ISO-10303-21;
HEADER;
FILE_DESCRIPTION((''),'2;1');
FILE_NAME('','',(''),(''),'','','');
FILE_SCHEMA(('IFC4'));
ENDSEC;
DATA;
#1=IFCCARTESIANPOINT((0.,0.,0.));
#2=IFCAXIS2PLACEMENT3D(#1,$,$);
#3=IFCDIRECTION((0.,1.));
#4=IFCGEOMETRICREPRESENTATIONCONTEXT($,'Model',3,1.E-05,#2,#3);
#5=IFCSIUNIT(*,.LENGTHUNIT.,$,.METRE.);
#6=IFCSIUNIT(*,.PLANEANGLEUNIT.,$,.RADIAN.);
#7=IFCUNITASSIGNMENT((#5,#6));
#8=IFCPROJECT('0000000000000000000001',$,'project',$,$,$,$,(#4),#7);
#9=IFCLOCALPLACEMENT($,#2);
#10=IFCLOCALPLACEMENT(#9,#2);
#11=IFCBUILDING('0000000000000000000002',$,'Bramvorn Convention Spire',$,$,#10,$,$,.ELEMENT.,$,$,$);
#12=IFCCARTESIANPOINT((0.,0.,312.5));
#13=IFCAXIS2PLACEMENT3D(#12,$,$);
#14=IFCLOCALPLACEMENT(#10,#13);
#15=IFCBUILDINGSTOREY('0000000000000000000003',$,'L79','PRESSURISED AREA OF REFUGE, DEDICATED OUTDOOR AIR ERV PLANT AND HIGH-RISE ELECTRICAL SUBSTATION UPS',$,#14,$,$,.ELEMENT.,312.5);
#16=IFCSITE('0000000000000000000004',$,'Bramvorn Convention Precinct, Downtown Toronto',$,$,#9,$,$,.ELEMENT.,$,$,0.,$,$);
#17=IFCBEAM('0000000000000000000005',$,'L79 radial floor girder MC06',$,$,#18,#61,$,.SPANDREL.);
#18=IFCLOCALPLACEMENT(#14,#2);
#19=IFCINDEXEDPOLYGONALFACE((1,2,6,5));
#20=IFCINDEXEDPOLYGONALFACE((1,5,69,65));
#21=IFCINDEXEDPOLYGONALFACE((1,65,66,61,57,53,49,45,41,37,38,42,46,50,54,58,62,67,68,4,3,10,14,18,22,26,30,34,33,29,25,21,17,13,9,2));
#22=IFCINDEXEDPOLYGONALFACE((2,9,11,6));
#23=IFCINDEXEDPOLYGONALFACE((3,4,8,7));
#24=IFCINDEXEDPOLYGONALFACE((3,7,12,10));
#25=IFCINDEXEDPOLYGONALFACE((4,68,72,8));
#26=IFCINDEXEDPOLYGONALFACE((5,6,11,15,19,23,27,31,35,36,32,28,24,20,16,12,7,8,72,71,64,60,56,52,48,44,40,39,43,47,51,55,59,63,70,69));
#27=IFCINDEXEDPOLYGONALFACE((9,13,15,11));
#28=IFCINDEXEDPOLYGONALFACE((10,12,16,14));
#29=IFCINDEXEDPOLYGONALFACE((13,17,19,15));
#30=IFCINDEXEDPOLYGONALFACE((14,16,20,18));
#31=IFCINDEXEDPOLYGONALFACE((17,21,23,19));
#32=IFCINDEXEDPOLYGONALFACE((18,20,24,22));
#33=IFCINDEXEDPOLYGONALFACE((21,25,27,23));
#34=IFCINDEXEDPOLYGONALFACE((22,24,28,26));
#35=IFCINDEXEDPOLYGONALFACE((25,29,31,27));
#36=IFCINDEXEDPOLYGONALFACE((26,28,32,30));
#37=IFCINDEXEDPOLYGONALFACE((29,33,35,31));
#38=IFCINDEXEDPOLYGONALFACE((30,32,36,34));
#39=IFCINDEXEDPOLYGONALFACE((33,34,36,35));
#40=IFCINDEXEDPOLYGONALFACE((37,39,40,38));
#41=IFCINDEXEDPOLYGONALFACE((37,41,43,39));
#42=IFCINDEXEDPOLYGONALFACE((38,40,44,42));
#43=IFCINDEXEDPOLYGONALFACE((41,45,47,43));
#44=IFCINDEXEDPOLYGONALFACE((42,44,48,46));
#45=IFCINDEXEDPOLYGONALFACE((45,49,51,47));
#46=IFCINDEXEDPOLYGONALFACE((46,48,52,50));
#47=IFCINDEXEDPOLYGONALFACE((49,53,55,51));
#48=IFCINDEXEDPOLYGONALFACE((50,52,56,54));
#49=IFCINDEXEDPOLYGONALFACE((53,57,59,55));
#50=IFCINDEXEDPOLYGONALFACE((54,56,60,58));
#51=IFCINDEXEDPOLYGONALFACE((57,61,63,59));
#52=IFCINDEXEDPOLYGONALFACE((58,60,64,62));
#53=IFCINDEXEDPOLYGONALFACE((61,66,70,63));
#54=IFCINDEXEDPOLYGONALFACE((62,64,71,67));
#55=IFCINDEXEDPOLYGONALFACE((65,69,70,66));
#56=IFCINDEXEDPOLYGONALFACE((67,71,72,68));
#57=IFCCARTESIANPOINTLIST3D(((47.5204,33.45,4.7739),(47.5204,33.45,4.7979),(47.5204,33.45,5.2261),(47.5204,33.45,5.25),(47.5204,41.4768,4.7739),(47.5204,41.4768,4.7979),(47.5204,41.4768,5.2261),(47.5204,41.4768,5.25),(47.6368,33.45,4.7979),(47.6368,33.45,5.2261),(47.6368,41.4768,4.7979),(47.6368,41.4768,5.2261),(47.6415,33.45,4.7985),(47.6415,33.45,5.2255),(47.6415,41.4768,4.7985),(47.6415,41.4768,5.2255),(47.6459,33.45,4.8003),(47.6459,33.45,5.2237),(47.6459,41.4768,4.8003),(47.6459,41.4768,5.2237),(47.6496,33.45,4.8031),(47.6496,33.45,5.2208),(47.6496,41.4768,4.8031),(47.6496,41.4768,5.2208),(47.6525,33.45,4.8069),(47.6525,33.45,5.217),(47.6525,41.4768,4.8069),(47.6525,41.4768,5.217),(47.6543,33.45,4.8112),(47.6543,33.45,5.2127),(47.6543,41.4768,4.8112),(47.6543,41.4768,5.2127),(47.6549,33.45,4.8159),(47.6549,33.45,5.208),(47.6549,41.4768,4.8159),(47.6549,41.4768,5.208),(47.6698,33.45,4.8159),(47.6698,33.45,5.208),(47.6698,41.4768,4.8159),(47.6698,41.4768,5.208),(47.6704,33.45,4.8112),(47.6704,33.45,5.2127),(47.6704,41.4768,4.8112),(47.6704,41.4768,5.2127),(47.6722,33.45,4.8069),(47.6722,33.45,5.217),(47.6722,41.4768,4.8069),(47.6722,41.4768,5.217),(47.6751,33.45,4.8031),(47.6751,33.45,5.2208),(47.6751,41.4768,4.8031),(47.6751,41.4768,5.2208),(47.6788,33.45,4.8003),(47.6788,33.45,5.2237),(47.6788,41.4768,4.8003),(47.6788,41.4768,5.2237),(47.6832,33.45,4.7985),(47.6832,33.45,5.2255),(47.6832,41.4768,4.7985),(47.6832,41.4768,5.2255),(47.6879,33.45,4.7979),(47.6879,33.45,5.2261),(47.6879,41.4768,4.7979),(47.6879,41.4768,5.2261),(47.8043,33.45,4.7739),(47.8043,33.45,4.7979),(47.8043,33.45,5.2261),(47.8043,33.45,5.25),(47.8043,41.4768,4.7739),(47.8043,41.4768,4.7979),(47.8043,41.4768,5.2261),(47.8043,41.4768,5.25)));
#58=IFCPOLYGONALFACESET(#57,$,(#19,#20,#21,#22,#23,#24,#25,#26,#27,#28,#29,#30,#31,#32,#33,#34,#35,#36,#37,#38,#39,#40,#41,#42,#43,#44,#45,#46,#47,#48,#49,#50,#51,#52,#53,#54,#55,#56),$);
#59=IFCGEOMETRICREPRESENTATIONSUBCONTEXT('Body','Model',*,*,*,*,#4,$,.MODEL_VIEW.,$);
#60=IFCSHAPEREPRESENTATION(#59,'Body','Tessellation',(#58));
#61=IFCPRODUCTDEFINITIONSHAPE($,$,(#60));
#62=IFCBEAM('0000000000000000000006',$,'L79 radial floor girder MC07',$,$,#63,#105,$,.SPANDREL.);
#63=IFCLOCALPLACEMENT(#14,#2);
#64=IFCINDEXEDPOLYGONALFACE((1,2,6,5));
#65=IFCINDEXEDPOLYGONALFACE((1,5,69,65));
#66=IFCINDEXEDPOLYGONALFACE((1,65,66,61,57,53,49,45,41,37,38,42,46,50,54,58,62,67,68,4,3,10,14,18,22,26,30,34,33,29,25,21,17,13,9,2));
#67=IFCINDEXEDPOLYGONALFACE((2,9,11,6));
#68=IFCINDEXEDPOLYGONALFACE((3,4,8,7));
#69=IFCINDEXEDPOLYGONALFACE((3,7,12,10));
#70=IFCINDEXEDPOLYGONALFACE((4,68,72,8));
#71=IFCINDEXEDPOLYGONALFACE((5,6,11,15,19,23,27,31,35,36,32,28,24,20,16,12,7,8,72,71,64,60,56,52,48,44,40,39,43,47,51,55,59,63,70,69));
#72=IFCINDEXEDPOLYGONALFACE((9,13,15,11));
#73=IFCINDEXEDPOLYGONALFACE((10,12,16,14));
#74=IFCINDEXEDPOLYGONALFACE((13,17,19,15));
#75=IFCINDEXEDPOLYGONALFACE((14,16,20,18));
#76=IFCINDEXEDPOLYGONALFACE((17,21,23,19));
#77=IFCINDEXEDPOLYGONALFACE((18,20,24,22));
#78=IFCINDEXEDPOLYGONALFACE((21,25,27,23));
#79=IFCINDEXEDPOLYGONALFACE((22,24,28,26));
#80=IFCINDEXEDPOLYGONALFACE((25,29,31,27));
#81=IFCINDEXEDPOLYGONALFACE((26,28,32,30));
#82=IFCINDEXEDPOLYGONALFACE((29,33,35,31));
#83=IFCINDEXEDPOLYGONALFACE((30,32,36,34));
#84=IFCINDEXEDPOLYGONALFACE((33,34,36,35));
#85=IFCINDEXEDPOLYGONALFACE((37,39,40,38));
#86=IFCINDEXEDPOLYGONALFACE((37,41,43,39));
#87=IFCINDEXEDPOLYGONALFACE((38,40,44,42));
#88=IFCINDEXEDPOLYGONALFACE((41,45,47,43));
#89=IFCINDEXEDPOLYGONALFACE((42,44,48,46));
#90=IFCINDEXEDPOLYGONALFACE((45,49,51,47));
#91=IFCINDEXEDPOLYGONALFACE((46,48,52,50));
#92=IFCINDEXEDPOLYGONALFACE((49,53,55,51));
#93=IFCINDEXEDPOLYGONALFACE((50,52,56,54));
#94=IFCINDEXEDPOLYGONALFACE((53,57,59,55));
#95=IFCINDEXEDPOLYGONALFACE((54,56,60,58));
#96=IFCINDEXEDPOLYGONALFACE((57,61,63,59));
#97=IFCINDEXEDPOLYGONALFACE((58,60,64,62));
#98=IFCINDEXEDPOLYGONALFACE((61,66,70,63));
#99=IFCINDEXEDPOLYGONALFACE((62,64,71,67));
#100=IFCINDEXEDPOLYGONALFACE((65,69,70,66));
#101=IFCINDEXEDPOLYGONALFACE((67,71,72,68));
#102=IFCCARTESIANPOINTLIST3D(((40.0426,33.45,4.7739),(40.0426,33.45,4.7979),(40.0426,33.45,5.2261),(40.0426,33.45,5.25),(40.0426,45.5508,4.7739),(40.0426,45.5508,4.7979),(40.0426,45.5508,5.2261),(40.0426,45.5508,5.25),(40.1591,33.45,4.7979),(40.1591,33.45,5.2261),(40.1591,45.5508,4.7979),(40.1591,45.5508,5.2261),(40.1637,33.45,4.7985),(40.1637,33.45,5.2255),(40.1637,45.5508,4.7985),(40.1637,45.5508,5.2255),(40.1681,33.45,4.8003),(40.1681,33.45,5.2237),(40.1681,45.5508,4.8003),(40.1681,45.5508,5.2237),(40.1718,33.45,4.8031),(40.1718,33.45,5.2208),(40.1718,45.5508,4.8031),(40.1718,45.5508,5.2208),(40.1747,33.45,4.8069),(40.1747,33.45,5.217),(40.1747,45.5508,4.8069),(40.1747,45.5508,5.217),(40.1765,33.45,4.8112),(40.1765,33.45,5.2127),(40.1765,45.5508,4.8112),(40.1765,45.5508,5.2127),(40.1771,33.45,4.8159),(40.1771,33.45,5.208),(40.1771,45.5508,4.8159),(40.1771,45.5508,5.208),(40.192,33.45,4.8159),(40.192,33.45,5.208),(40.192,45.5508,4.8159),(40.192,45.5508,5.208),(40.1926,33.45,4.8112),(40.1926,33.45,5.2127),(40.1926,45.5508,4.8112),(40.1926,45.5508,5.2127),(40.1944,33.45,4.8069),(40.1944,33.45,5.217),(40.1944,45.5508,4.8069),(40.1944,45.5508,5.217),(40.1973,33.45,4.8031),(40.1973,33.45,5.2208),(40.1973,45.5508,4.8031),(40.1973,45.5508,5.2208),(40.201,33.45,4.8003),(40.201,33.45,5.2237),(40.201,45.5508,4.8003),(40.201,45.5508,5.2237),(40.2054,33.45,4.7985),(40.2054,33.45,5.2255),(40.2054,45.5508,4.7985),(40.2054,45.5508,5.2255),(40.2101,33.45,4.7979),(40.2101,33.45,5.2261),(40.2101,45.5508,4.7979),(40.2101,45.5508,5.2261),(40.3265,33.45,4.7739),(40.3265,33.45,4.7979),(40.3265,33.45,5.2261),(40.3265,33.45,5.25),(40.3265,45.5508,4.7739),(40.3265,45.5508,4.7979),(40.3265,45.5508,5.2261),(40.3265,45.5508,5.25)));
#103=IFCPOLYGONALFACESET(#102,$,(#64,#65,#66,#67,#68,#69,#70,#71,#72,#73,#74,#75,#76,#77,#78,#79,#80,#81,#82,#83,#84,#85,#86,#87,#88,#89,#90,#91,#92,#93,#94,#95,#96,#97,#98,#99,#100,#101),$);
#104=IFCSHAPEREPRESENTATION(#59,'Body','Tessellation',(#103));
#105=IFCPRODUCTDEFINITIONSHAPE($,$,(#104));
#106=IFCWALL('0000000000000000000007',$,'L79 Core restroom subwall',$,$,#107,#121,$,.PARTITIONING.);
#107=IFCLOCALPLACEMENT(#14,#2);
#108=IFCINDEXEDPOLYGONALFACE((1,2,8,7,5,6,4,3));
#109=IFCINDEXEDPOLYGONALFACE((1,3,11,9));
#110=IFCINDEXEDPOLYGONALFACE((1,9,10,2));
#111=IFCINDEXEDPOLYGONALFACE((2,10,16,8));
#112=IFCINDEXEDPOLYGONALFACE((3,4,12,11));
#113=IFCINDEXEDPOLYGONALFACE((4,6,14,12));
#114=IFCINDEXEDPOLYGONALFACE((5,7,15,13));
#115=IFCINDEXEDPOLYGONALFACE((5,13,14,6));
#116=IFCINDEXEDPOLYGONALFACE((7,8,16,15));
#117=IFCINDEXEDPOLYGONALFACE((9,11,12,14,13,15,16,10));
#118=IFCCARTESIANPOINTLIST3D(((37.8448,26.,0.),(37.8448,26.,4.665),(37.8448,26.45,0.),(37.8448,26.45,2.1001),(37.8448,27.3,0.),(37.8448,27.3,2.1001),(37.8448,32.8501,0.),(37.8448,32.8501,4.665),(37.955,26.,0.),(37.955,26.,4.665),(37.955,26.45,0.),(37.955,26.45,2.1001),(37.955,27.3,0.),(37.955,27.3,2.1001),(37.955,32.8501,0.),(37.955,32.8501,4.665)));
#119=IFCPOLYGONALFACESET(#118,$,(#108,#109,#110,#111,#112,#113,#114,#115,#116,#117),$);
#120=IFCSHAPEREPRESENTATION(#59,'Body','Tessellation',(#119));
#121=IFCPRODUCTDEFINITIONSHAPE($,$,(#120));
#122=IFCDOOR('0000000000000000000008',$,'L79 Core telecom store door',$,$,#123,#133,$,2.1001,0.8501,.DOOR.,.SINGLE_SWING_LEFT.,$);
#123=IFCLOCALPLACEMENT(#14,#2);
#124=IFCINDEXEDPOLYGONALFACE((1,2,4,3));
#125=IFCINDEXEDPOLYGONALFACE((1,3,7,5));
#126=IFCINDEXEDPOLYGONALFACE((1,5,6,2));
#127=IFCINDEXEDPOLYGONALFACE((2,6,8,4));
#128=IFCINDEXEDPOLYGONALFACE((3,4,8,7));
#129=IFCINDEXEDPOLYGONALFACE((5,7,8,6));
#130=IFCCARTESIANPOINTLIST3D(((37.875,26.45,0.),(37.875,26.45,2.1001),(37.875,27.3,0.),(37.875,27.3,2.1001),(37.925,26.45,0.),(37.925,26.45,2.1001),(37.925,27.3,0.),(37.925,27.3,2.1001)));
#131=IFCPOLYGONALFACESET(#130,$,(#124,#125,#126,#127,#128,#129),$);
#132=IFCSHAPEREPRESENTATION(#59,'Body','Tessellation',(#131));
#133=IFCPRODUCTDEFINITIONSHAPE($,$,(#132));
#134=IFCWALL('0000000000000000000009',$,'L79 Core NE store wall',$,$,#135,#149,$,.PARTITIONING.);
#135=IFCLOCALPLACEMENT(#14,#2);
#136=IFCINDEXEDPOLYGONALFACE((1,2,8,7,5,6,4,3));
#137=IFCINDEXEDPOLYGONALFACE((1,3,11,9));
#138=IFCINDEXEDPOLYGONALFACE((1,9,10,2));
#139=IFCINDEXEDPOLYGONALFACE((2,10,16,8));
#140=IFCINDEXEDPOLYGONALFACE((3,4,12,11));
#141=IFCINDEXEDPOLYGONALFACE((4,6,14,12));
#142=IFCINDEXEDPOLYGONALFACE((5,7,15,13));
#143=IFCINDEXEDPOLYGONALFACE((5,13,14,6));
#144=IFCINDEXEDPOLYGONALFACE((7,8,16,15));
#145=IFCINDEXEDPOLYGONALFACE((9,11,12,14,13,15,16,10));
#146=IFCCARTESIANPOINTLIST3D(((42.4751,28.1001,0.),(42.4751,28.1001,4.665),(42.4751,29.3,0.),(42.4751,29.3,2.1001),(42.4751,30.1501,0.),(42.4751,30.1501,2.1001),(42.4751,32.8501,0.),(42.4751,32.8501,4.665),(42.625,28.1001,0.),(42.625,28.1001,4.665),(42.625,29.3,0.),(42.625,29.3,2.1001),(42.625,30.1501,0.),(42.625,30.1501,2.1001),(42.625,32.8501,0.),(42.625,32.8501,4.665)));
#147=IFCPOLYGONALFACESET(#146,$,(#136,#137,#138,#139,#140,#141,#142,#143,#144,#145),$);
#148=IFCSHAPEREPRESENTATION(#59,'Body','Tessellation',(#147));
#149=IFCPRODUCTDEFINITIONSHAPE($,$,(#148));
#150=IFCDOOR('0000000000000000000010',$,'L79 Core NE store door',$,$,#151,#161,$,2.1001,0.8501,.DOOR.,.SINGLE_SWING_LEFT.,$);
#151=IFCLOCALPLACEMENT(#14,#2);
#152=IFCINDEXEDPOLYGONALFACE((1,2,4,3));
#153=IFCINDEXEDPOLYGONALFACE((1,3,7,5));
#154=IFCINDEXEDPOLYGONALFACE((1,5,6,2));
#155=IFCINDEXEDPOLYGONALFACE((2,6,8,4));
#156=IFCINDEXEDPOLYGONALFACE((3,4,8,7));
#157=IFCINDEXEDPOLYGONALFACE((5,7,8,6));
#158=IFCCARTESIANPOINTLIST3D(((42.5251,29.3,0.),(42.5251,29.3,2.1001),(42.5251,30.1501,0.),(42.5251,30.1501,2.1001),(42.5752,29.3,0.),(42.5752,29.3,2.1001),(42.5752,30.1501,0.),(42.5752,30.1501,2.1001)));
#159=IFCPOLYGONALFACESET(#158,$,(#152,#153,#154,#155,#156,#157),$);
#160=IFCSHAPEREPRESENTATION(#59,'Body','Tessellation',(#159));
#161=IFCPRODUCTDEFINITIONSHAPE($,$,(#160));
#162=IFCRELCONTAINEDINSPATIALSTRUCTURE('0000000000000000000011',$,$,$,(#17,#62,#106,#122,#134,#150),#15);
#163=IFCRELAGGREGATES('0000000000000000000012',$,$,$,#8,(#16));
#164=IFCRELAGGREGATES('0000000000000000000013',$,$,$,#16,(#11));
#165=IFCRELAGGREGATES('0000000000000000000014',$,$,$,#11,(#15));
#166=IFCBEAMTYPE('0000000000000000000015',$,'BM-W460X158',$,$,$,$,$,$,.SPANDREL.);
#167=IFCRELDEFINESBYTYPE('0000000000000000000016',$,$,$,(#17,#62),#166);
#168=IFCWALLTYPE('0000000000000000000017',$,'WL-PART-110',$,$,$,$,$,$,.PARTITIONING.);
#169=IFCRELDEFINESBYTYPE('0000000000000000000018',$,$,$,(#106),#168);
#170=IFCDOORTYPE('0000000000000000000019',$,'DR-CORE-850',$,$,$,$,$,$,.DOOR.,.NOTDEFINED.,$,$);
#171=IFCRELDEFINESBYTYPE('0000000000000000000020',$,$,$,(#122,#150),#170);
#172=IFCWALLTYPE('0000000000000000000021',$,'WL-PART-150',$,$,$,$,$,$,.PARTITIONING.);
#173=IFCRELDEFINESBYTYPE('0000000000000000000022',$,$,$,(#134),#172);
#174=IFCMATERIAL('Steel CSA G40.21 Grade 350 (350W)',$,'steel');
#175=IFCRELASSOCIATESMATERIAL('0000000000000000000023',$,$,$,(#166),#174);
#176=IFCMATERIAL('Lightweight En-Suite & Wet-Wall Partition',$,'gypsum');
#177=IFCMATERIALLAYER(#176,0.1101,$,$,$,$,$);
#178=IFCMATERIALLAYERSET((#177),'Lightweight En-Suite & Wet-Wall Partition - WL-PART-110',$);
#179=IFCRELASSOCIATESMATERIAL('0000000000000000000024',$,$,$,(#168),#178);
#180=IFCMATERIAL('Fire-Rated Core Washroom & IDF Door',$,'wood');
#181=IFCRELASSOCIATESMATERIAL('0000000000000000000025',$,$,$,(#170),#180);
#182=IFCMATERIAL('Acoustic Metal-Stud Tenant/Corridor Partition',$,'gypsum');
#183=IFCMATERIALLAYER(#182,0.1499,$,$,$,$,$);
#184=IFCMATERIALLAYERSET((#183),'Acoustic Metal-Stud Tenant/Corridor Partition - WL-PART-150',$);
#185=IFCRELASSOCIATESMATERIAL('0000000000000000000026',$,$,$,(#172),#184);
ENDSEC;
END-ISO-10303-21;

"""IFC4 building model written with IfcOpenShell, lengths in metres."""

from ifc_helpers import new_model, si_unit, direction, frame, frame_2d, origin, origin_2d, place, context, subcontext, project, spatial, rectangle, i_section, extrude, material, layer, layer_set, material_profile, profile_set, type_object, element, fill, save


model = new_model("IFC4")

# Units and contexts
model_context = context("Model", 3, precision=1e-05, world=origin(), true_north=direction((0.0, 1.0)))
body_context = subcontext(model_context, "Body", "Model", "MODEL_VIEW")
ifc_project = project(units=[si_unit("LENGTHUNIT", "METRE"), si_unit("PLANEANGLEUNIT", "RADIAN")], contexts=[model_context])

# Site, building, storey
site_placement = place(None, origin())
site = spatial("IfcSite", under=ifc_project, at=site_placement, Name="Bramvorn Convention Precinct, Downtown Toronto", CompositionType="ELEMENT", RefElevation=0.0)
building_placement = place(site_placement, origin())
building = spatial("IfcBuilding", under=site, at=building_placement, Name="Bramvorn Convention Spire", CompositionType="ELEMENT")
storey_placement = place(building_placement, frame((0.0, 0.0, 312.5)))
storey = spatial("IfcBuildingStorey", under=building, at=storey_placement, Name="L79", Description="PRESSURISED AREA OF REFUGE, DEDICATED OUTDOOR AIR ERV PLANT AND HIGH-RISE ELECTRICAL SUBSTATION UPS", CompositionType="ELEMENT", Elevation=312.5)

# Shared definitions
ifc_material_1 = material(Name="Steel CSA G40.21 Grade 350 (350W)", Category="steel")

# Beams
ifc_material_profile_1 = material_profile(ifc_material_1, i_section(OverallWidth=0.2839, OverallDepth=0.4761, WebThickness=0.0149, FlangeThickness=0.0239, FilletRadius=0.0181, at=origin_2d()))
ifc_profile_set_1 = profile_set([ifc_material_profile_1], Name="Steel CSA G40.21 Grade 350 (350W) - W460X158")
beam_type_1 = type_object("IfcBeamType", Name="BM-W460X158", PredefinedType="SPANDREL", material=ifc_profile_set_1)
beam_1_placement = place(storey_placement, frame((47.6624, 33.45, 5.012), z_axis=(0.0, 1.0, 0.0), x_axis=(-1.0, 0.0, 0.0)))
element("IfcBeam", 1, at=beam_1_placement, inside=storey, type_object=beam_type_1, Name="L79 radial floor girder MC06", PredefinedType="SPANDREL", context=body_context, shape_type="SweptSolid", body=[
    extrude(i_section(OverallWidth=0.2839, OverallDepth=0.4761, WebThickness=0.0149, FlangeThickness=0.0239, FilletRadius=0.0181, at=origin_2d()), origin(), (0.0, 0.0, 1.0), 8.0269),
])
beam_2_placement = place(storey_placement, frame((40.1846, 33.45, 5.012), z_axis=(0.0, 1.0, 0.0), x_axis=(-1.0, 0.0, 0.0)))
element("IfcBeam", 2, at=beam_2_placement, inside=storey, type_object=beam_type_1, Name="L79 radial floor girder MC07", PredefinedType="SPANDREL", context=body_context, shape_type="SweptSolid", body=[
    extrude(i_section(OverallWidth=0.2839, OverallDepth=0.4761, WebThickness=0.0149, FlangeThickness=0.0239, FilletRadius=0.0181, at=origin_2d()), origin(), (0.0, 0.0, 1.0), 12.1008),
])

# Walls, openings, doors
ifc_material_2 = material(Name="Lightweight En-Suite & Wet-Wall Partition", Category="gypsum")
ifc_layer_1 = layer(ifc_material_2, 0.1101)
ifc_layer_set_1 = layer_set([ifc_layer_1], Name="Lightweight En-Suite & Wet-Wall Partition - WL-PART-110")
wall_type_1 = type_object("IfcWallType", Name="WL-PART-110", PredefinedType="PARTITIONING", material=ifc_layer_set_1)
wall_1_placement = place(storey_placement, frame((37.8999, 26.0, 0.0), z_axis=(0.0, 0.0, 1.0), x_axis=(0.0, 1.0, 0.0)))
wall_1 = element("IfcWall", 3, at=wall_1_placement, inside=storey, type_object=wall_type_1, Name="L79 Core restroom subwall", PredefinedType="PARTITIONING", context=body_context, shape_type="SweptSolid", body=[
    extrude(rectangle(XDim=6.8501, YDim=0.1101, at=frame_2d((3.425, 0.0))), origin(), (0.0, 0.0, 1.0), 4.665),
])
opening_1_placement = place(wall_1_placement, frame((0.45, 0.0, 0.0)))
opening_1 = element("IfcOpeningElement", 4, at=opening_1_placement, cuts=wall_1, PredefinedType="OPENING", context=body_context, shape_type="SweptSolid", body=[
    extrude(rectangle(XDim=0.8501, YDim=2.1001, at=frame_2d((0.425, 1.05))), frame((0.0, 0.0649, 0.0), z_axis=(0.0, -1.0, 0.0), x_axis=(1.0, 0.0, 0.0)), (0.0, 0.0, 1.0), 0.1301),
])
ifc_material_3 = material(Name="Fire-Rated Core Washroom & IDF Door", Category="wood")
door_type_1 = type_object("IfcDoorType", Name="DR-CORE-850", OperationType="NOTDEFINED", PredefinedType="DOOR", material=ifc_material_3)
door_1_placement = place(opening_1_placement, origin())
door_1 = element("IfcDoor", 5, at=door_1_placement, inside=storey, type_object=door_type_1, Name="L79 Core telecom store door", OperationType="SINGLE_SWING_LEFT", OverallHeight=2.1001, OverallWidth=0.8501, PredefinedType="DOOR", context=body_context, shape_type="SweptSolid", body=[
    extrude(rectangle(XDim=0.8501, YDim=2.1001, at=frame_2d((0.425, 1.05))), frame((0.0, 0.0249, 0.0), z_axis=(0.0, -1.0, 0.0), x_axis=(1.0, 0.0, 0.0)), (0.0, 0.0, 1.0), 0.05),
])
fill(opening_1, door_1)
ifc_material_4 = material(Name="Acoustic Metal-Stud Tenant/Corridor Partition", Category="gypsum")
ifc_layer_2 = layer(ifc_material_4, 0.1499)
ifc_layer_set_2 = layer_set([ifc_layer_2], Name="Acoustic Metal-Stud Tenant/Corridor Partition - WL-PART-150")
wall_type_2 = type_object("IfcWallType", Name="WL-PART-150", PredefinedType="PARTITIONING", material=ifc_layer_set_2)
wall_2_placement = place(storey_placement, frame((42.55, 28.1001, 0.0), z_axis=(0.0, 0.0, 1.0), x_axis=(0.0, 1.0, 0.0)))
wall_2 = element("IfcWall", 6, at=wall_2_placement, inside=storey, type_object=wall_type_2, Name="L79 Core NE store wall", PredefinedType="PARTITIONING", context=body_context, shape_type="SweptSolid", body=[
    extrude(rectangle(XDim=4.75, YDim=0.1499, at=frame_2d((2.375, 0.0))), origin(), (0.0, 0.0, 1.0), 4.665),
])
opening_2_placement = place(wall_2_placement, frame((1.2, 0.0, 0.0)))
opening_2 = element("IfcOpeningElement", 7, at=opening_2_placement, cuts=wall_2, PredefinedType="OPENING", context=body_context, shape_type="SweptSolid", body=[
    extrude(rectangle(XDim=0.8501, YDim=2.1001, at=frame_2d((0.425, 1.05))), frame((0.0, 0.085, 0.0), z_axis=(0.0, -1.0, 0.0), x_axis=(1.0, 0.0, 0.0)), (0.0, 0.0, 1.0), 0.1699),
])
door_2_placement = place(opening_2_placement, origin())
door_2 = element("IfcDoor", 8, at=door_2_placement, inside=storey, type_object=door_type_1, Name="L79 Core NE store door", OperationType="SINGLE_SWING_LEFT", OverallHeight=2.1001, OverallWidth=0.8501, PredefinedType="DOOR", context=body_context, shape_type="SweptSolid", body=[
    extrude(rectangle(XDim=0.8501, YDim=2.1001, at=frame_2d((0.425, 1.05))), frame((0.0, 0.0249, 0.0), z_axis=(0.0, -1.0, 0.0), x_axis=(1.0, 0.0, 0.0)), (0.0, 0.0, 1.0), 0.05),
])
fill(opening_2, door_2)

save(model, "model.ifc")
